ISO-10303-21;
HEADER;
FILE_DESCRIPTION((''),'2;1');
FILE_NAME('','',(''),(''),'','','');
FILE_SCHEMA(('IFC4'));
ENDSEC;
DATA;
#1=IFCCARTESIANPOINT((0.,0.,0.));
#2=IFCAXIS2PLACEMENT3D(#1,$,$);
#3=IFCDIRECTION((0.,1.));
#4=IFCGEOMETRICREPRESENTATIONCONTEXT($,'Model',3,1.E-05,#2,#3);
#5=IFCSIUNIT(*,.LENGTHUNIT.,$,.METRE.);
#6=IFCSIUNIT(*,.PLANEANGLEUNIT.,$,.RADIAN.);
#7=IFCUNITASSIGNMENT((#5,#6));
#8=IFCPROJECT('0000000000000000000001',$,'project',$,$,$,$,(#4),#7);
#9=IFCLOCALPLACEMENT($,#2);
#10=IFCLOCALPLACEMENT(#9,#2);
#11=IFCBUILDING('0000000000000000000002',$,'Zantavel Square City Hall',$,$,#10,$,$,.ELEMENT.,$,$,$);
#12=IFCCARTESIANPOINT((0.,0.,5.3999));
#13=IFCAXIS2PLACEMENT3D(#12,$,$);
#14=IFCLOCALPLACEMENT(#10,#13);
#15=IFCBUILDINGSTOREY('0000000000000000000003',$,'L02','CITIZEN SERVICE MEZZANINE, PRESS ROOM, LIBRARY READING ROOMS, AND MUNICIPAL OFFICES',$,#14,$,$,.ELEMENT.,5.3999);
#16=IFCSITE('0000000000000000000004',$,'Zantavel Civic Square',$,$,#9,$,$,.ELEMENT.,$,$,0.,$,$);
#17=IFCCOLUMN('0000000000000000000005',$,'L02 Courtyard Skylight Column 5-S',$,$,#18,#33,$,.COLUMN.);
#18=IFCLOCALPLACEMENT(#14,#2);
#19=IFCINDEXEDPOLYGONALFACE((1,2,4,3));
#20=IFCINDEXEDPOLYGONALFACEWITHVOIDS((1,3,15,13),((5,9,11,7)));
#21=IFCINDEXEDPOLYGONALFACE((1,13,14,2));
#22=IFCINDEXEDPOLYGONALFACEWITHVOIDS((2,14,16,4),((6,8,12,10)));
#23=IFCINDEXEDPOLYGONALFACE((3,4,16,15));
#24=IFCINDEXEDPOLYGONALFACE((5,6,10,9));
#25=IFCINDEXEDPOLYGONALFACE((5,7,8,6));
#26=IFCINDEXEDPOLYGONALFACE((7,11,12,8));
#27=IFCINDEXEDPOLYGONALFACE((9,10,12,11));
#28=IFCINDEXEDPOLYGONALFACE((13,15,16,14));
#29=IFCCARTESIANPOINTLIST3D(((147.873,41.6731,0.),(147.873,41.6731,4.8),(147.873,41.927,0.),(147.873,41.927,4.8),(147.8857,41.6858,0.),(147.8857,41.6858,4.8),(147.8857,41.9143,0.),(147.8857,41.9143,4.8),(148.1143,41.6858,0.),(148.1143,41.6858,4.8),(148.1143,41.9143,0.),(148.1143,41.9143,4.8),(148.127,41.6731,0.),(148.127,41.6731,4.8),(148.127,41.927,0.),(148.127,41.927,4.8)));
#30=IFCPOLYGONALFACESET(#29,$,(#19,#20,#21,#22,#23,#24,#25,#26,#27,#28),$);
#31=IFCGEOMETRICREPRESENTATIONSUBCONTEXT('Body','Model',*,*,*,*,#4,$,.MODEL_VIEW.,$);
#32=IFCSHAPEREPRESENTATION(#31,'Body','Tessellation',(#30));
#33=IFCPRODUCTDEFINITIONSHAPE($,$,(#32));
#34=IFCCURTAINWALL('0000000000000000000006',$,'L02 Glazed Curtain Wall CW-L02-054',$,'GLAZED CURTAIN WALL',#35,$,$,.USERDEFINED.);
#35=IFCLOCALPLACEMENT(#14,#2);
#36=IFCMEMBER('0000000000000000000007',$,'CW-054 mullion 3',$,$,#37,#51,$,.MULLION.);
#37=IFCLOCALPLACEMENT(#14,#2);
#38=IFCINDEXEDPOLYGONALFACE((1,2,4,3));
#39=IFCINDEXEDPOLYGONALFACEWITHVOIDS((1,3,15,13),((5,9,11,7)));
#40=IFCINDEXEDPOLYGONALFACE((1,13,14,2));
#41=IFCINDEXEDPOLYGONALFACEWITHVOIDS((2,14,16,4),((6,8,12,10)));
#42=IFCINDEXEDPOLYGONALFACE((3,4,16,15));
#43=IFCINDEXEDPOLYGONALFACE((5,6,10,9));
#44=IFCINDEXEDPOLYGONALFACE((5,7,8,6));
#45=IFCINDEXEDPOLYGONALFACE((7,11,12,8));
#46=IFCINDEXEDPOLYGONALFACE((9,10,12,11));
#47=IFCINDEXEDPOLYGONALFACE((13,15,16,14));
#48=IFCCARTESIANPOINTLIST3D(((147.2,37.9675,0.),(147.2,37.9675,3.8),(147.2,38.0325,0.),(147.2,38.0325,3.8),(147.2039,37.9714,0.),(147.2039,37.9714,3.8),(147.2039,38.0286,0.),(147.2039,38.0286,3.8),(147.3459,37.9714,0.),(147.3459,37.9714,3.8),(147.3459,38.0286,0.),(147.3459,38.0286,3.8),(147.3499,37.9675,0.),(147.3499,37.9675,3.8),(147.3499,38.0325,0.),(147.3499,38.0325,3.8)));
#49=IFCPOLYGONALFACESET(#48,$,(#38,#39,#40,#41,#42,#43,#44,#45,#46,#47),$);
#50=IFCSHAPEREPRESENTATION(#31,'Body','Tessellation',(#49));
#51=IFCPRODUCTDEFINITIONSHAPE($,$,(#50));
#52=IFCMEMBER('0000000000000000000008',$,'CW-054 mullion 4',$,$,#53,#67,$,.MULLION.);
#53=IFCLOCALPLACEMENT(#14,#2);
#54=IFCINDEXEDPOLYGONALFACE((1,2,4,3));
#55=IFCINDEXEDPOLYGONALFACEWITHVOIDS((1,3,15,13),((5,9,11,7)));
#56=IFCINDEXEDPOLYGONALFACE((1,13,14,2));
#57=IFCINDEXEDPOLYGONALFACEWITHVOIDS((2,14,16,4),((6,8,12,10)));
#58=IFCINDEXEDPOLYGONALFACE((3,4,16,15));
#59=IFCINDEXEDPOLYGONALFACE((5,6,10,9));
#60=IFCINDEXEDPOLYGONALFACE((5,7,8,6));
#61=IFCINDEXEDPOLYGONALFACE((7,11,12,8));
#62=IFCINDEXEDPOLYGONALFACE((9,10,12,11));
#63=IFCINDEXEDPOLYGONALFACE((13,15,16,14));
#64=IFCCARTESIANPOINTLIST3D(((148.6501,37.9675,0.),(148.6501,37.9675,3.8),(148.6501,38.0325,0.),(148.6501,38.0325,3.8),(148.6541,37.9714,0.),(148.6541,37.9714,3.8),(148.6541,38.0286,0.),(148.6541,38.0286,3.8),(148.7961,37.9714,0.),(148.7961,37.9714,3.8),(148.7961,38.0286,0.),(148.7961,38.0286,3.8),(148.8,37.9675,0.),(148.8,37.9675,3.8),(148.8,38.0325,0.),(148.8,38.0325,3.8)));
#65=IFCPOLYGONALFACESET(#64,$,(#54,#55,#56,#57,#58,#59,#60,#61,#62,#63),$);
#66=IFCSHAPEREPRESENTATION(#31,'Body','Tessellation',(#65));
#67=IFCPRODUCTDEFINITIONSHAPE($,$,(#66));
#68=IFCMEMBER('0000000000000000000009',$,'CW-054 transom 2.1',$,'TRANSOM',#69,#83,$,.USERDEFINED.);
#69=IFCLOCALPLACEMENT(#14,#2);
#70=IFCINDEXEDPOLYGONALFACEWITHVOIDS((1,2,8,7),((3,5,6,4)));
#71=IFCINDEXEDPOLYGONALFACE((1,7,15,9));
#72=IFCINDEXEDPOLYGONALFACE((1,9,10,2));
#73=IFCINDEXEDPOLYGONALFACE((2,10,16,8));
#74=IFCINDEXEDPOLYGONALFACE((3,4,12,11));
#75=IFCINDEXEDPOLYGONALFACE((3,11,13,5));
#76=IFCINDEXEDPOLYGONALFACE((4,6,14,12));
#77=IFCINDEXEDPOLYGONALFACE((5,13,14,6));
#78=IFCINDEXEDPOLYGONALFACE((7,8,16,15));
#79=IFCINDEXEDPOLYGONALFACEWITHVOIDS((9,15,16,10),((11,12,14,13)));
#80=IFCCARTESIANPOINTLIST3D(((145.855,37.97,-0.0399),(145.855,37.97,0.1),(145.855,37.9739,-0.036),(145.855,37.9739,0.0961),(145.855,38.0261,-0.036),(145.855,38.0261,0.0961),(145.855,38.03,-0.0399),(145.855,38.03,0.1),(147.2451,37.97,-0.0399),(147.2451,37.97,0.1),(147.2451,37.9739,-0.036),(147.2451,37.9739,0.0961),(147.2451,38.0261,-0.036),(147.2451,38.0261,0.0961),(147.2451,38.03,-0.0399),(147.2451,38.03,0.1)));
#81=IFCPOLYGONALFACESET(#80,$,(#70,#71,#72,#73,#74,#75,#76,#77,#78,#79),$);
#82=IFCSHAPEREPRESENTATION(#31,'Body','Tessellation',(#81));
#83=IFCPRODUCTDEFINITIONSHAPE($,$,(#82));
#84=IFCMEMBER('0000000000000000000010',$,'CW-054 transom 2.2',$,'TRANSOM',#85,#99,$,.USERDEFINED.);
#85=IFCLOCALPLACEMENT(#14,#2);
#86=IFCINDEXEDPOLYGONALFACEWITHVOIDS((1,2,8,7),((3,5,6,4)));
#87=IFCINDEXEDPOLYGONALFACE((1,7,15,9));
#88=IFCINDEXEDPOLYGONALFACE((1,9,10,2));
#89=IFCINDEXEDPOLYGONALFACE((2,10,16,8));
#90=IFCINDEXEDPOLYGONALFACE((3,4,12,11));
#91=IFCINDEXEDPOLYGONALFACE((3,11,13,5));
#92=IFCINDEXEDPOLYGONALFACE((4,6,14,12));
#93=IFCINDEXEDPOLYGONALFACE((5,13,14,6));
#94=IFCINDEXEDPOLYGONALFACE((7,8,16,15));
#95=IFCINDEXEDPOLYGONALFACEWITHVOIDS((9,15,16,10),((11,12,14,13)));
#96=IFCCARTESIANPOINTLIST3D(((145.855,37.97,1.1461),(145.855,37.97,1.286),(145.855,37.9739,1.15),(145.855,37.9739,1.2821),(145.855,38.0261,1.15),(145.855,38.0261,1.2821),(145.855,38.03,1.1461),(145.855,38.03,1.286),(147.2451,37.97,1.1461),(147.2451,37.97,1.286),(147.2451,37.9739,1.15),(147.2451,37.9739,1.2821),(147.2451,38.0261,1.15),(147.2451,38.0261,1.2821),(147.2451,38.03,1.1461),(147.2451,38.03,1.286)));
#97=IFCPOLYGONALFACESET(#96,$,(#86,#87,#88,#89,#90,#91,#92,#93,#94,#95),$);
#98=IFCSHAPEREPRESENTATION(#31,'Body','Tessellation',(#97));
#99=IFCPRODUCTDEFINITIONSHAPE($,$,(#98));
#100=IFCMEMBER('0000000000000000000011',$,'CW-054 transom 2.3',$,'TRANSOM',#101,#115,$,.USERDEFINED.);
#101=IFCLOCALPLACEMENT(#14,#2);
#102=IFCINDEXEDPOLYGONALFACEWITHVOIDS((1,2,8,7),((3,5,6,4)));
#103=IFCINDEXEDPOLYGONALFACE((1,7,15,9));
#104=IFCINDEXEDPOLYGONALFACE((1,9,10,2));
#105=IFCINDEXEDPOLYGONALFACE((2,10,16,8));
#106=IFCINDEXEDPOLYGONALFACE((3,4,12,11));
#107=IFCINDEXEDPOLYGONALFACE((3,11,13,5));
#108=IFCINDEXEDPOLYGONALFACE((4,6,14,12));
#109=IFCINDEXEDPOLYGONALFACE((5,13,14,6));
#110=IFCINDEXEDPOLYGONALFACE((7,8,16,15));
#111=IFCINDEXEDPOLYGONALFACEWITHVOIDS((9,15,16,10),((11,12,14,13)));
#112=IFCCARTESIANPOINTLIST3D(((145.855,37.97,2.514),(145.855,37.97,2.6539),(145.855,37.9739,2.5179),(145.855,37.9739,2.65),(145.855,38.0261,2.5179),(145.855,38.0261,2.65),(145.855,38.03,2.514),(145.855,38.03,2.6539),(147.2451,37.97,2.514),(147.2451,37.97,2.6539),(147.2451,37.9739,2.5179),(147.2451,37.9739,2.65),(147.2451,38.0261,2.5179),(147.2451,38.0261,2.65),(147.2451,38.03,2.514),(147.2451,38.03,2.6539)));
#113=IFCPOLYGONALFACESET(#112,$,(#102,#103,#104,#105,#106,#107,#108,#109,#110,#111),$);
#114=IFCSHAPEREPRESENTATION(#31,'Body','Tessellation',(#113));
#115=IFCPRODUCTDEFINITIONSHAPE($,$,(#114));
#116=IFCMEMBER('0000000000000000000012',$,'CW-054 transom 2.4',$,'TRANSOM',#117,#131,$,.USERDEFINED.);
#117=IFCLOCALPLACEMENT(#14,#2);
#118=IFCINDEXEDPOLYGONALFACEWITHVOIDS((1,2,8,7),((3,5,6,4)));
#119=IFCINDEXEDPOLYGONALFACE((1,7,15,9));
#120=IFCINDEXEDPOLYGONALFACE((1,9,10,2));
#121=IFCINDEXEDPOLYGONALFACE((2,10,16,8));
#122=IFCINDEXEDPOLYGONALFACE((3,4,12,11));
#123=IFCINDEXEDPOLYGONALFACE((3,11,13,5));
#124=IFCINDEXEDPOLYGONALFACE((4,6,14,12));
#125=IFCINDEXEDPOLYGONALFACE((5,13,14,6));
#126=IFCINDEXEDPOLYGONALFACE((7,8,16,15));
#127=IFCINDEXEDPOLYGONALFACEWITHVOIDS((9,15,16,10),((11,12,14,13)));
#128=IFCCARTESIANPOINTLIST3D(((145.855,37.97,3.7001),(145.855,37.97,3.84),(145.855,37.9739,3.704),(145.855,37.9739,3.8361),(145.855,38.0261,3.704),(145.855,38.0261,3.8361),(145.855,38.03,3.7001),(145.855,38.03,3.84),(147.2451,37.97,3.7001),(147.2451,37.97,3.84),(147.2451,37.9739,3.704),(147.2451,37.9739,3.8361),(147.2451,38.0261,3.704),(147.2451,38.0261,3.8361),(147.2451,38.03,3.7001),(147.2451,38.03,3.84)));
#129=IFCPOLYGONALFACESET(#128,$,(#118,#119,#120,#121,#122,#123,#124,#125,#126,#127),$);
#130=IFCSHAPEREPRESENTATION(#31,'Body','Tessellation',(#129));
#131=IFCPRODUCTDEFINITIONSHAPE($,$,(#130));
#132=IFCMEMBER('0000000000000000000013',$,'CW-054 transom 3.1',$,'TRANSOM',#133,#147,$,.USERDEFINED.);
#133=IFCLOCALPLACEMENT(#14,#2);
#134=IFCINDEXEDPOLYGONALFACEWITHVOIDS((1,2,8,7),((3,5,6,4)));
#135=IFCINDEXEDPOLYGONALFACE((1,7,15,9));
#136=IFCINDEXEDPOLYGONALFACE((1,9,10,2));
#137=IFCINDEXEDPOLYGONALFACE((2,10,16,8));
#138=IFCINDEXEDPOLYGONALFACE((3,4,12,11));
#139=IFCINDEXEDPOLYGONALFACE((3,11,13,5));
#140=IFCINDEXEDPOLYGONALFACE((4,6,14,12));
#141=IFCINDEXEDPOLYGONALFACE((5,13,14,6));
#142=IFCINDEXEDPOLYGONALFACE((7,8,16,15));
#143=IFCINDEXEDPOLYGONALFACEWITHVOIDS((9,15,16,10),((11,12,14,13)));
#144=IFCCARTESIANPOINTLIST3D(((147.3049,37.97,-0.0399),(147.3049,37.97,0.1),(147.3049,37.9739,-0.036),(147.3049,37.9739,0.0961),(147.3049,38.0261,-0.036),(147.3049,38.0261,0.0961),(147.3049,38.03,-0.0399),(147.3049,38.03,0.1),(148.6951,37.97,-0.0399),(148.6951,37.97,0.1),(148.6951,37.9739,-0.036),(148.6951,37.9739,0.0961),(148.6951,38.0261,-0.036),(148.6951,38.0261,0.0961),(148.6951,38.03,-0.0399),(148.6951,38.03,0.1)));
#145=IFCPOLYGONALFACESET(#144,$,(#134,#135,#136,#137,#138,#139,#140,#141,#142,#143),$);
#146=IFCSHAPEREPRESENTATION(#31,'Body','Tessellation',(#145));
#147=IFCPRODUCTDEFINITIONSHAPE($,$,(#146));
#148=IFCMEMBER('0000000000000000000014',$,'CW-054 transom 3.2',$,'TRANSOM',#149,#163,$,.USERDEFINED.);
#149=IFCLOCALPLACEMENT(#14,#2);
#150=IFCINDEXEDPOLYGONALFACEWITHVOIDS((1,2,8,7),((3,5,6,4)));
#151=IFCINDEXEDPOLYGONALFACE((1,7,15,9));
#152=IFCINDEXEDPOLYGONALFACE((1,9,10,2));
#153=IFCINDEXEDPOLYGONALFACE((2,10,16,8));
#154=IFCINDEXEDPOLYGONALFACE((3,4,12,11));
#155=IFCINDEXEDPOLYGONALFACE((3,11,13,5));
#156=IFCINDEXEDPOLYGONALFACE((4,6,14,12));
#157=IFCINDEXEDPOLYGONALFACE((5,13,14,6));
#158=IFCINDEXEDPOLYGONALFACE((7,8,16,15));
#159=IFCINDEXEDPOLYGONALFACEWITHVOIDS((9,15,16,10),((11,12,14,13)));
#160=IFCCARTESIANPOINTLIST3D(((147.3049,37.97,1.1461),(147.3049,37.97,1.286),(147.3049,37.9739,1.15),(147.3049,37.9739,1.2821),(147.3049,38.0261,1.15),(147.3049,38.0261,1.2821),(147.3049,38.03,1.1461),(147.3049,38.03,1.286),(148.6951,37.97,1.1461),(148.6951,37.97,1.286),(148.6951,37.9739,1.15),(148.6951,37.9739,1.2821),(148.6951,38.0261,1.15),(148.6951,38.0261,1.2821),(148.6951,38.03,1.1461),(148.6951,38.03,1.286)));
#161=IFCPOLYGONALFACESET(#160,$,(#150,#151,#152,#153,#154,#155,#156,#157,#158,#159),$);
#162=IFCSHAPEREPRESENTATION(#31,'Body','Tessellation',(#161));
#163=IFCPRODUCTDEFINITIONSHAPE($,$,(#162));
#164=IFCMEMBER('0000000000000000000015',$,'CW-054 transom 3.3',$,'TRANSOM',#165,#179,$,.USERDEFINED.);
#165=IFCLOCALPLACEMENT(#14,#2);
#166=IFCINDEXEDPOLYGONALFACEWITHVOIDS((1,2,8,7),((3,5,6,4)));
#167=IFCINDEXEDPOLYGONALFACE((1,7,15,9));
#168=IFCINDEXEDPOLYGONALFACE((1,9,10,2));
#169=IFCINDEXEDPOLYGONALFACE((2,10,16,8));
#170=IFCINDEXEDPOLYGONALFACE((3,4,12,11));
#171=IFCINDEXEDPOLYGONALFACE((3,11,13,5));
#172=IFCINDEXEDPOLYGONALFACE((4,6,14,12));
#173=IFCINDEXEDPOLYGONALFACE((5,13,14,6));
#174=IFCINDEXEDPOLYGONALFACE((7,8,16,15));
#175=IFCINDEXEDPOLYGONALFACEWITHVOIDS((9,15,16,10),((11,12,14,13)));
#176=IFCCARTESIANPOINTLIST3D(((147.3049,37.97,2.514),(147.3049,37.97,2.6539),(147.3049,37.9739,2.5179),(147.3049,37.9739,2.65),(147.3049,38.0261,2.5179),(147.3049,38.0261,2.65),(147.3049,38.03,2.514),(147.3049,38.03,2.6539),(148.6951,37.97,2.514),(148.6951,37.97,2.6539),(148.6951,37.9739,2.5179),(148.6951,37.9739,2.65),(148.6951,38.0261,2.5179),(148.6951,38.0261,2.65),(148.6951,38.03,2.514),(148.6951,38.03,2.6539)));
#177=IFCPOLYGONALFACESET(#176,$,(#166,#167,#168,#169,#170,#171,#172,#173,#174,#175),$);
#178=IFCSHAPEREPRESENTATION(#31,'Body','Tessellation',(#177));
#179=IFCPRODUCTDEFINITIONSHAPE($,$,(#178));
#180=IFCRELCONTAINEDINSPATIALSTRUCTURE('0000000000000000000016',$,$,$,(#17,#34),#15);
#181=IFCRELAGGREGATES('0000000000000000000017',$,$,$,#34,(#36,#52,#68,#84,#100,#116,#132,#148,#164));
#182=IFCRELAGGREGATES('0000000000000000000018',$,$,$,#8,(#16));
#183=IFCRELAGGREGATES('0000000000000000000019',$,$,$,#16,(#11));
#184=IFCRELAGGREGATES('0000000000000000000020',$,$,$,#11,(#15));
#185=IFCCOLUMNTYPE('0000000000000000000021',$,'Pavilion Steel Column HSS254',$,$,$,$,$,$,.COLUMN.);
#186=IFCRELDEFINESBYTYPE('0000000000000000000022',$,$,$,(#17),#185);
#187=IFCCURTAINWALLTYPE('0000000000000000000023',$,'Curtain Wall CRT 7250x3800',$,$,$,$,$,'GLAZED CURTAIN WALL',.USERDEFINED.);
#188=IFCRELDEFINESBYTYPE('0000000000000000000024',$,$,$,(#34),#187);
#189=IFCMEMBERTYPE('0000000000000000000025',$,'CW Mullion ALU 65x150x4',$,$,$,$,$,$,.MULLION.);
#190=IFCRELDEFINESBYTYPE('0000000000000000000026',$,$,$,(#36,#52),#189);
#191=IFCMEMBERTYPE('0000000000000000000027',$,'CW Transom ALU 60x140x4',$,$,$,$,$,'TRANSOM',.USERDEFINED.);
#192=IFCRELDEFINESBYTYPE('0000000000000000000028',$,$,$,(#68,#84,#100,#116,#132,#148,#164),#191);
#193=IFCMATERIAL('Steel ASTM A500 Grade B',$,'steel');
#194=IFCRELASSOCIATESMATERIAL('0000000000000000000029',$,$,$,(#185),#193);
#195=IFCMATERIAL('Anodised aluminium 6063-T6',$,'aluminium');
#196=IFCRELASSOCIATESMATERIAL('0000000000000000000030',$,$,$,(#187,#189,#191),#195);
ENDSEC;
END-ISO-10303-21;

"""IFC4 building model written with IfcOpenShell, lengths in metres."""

from ifc_helpers import new_model, si_unit, direction, frame, origin, origin_2d, place, context, subcontext, project, spatial, hollow_rectangle, extrude, material, material_profile, profile_set, type_object, element, aggregate, save


model = new_model("IFC4")

# Units and contexts
model_context = context("Model", 3, precision=1e-05, world=origin(), true_north=direction((0.0, 1.0)))
body_context = subcontext(model_context, "Body", "Model", "MODEL_VIEW")
ifc_project = project(units=[si_unit("LENGTHUNIT", "METRE"), si_unit("PLANEANGLEUNIT", "RADIAN")], contexts=[model_context])

# Site, building, storey
site_placement = place(None, origin())
site = spatial("IfcSite", under=ifc_project, at=site_placement, Name="Zantavel Civic Square", CompositionType="ELEMENT", RefElevation=0.0)
building_placement = place(site_placement, origin())
building = spatial("IfcBuilding", under=site, at=building_placement, Name="Zantavel Square City Hall", CompositionType="ELEMENT")
storey_placement = place(building_placement, frame((0.0, 0.0, 5.3999)))
storey = spatial("IfcBuildingStorey", under=building, at=storey_placement, Name="L02", Description="CITIZEN SERVICE MEZZANINE, PRESS ROOM, LIBRARY READING ROOMS, AND MUNICIPAL OFFICES", CompositionType="ELEMENT", Elevation=5.3999)

# Column
ifc_material_1 = material(Name="Steel ASTM A500 Grade B", Category="steel")
ifc_material_profile_1 = material_profile(ifc_material_1, hollow_rectangle(XDim=0.2539, YDim=0.2539, WallThickness=0.0127, at=origin_2d()), Name="HSS 254x254x12.7")
ifc_profile_set_1 = profile_set([ifc_material_profile_1], Name="Steel ASTM A500 Grade B")
column_type = type_object("IfcColumnType", Name="Pavilion Steel Column HSS254", PredefinedType="COLUMN", material=ifc_profile_set_1)
column_placement = place(storey_placement, frame((148.0, 41.8, 0.0), z_axis=(0.0, 0.0, 1.0), x_axis=(1.0, 0.0, 0.0)))
element("IfcColumn", 1, at=column_placement, inside=storey, type_object=column_type, Name="L02 Courtyard Skylight Column 5-S", PredefinedType="COLUMN", context=body_context, shape_type="SweptSolid", body=[
    extrude(hollow_rectangle(XDim=0.2539, YDim=0.2539, WallThickness=0.0127, at=origin_2d()), origin(), (0.0, 0.0, 1.0), 4.8),
])

# Curtain wall, members
ifc_material_2 = material(Name="Anodised aluminium 6063-T6", Category="aluminium")
curtain_wall_type = type_object("IfcCurtainWallType", Name="Curtain Wall CRT 7250x3800", ElementType="GLAZED CURTAIN WALL", PredefinedType="USERDEFINED", material=ifc_material_2)
curtain_wall_placement = place(storey_placement, origin())
curtain_wall = element("IfcCurtainWall", 2, at=curtain_wall_placement, inside=storey, type_object=curtain_wall_type, Name="L02 Glazed Curtain Wall CW-L02-054", ObjectType="GLAZED CURTAIN WALL", PredefinedType="USERDEFINED")
ifc_material_profile_2 = material_profile(ifc_material_2, hollow_rectangle(XDim=0.0649, YDim=0.1499, WallThickness=0.0039, at=origin_2d()), Name="ALU 65x150x4")
ifc_profile_set_2 = profile_set([ifc_material_profile_2], Name="Anodised aluminium 6063-T6")
member_type_1 = type_object("IfcMemberType", Name="CW Mullion ALU 65x150x4", PredefinedType="MULLION", material=ifc_profile_set_2)
member_1_placement = place(storey_placement, frame((147.2749, 38.0, 0.0), z_axis=(0.0, 0.0, 1.0), x_axis=(0.0, 1.0, 0.0)))
member_1 = element("IfcMember", 3, at=member_1_placement, type_object=member_type_1, Name="CW-054 mullion 3", PredefinedType="MULLION", context=body_context, shape_type="SweptSolid", body=[
    extrude(hollow_rectangle(XDim=0.0649, YDim=0.1499, WallThickness=0.0039, at=origin_2d()), origin(), (0.0, 0.0, 1.0), 3.8),
])
member_2_placement = place(storey_placement, frame((148.7251, 38.0, 0.0), z_axis=(0.0, 0.0, 1.0), x_axis=(0.0, 1.0, 0.0)))
member_2 = element("IfcMember", 4, at=member_2_placement, type_object=member_type_1, Name="CW-054 mullion 4", PredefinedType="MULLION", context=body_context, shape_type="SweptSolid", body=[
    extrude(hollow_rectangle(XDim=0.0649, YDim=0.1499, WallThickness=0.0039, at=origin_2d()), origin(), (0.0, 0.0, 1.0), 3.8),
])
ifc_material_profile_3 = material_profile(ifc_material_2, hollow_rectangle(XDim=0.0601, YDim=0.1399, WallThickness=0.0039, at=origin_2d()), Name="ALU 60x140x4")
ifc_profile_set_3 = profile_set([ifc_material_profile_3], Name="Anodised aluminium 6063-T6")
member_type_2 = type_object("IfcMemberType", Name="CW Transom ALU 60x140x4", ElementType="TRANSOM", PredefinedType="USERDEFINED", material=ifc_profile_set_3)
member_3_placement = place(storey_placement, frame((145.855, 38.0, 0.03), z_axis=(1.0, 0.0, 0.0), x_axis=(0.0, 1.0, 0.0)))
member_3 = element("IfcMember", 5, at=member_3_placement, type_object=member_type_2, Name="CW-054 transom 2.1", ObjectType="TRANSOM", PredefinedType="USERDEFINED", context=body_context, shape_type="SweptSolid", body=[
    extrude(hollow_rectangle(XDim=0.0601, YDim=0.1399, WallThickness=0.0039, at=origin_2d()), origin(), (0.0, 0.0, 1.0), 1.3901),
])
member_4_placement = place(storey_placement, frame((145.855, 38.0, 1.2161), z_axis=(1.0, 0.0, 0.0), x_axis=(0.0, 1.0, 0.0)))
member_4 = element("IfcMember", 6, at=member_4_placement, type_object=member_type_2, Name="CW-054 transom 2.2", ObjectType="TRANSOM", PredefinedType="USERDEFINED", context=body_context, shape_type="SweptSolid", body=[
    extrude(hollow_rectangle(XDim=0.0601, YDim=0.1399, WallThickness=0.0039, at=origin_2d()), origin(), (0.0, 0.0, 1.0), 1.3901),
])
member_5_placement = place(storey_placement, frame((145.855, 38.0, 2.584), z_axis=(1.0, 0.0, 0.0), x_axis=(0.0, 1.0, 0.0)))
member_5 = element("IfcMember", 7, at=member_5_placement, type_object=member_type_2, Name="CW-054 transom 2.3", ObjectType="TRANSOM", PredefinedType="USERDEFINED", context=body_context, shape_type="SweptSolid", body=[
    extrude(hollow_rectangle(XDim=0.0601, YDim=0.1399, WallThickness=0.0039, at=origin_2d()), origin(), (0.0, 0.0, 1.0), 1.3901),
])
member_6_placement = place(storey_placement, frame((145.855, 38.0, 3.77), z_axis=(1.0, 0.0, 0.0), x_axis=(0.0, 1.0, 0.0)))
member_6 = element("IfcMember", 8, at=member_6_placement, type_object=member_type_2, Name="CW-054 transom 2.4", ObjectType="TRANSOM", PredefinedType="USERDEFINED", context=body_context, shape_type="SweptSolid", body=[
    extrude(hollow_rectangle(XDim=0.0601, YDim=0.1399, WallThickness=0.0039, at=origin_2d()), origin(), (0.0, 0.0, 1.0), 1.3901),
])
member_7_placement = place(storey_placement, frame((147.3049, 38.0, 0.03), z_axis=(1.0, 0.0, 0.0), x_axis=(0.0, 1.0, 0.0)))
member_7 = element("IfcMember", 9, at=member_7_placement, type_object=member_type_2, Name="CW-054 transom 3.1", ObjectType="TRANSOM", PredefinedType="USERDEFINED", context=body_context, shape_type="SweptSolid", body=[
    extrude(hollow_rectangle(XDim=0.0601, YDim=0.1399, WallThickness=0.0039, at=origin_2d()), origin(), (0.0, 0.0, 1.0), 1.3901),
])
member_8_placement = place(storey_placement, frame((147.3049, 38.0, 1.2161), z_axis=(1.0, 0.0, 0.0), x_axis=(0.0, 1.0, 0.0)))
member_8 = element("IfcMember", 10, at=member_8_placement, type_object=member_type_2, Name="CW-054 transom 3.2", ObjectType="TRANSOM", PredefinedType="USERDEFINED", context=body_context, shape_type="SweptSolid", body=[
    extrude(hollow_rectangle(XDim=0.0601, YDim=0.1399, WallThickness=0.0039, at=origin_2d()), origin(), (0.0, 0.0, 1.0), 1.3901),
])
member_9_placement = place(storey_placement, frame((147.3049, 38.0, 2.584), z_axis=(1.0, 0.0, 0.0), x_axis=(0.0, 1.0, 0.0)))
member_9 = element("IfcMember", 11, at=member_9_placement, type_object=member_type_2, Name="CW-054 transom 3.3", ObjectType="TRANSOM", PredefinedType="USERDEFINED", context=body_context, shape_type="SweptSolid", body=[
    extrude(hollow_rectangle(XDim=0.0601, YDim=0.1399, WallThickness=0.0039, at=origin_2d()), origin(), (0.0, 0.0, 1.0), 1.3901),
])
aggregate(curtain_wall, [member_1, member_2, member_3, member_4, member_5, member_6, member_7, member_8, member_9])

save(model, "model.ifc")
